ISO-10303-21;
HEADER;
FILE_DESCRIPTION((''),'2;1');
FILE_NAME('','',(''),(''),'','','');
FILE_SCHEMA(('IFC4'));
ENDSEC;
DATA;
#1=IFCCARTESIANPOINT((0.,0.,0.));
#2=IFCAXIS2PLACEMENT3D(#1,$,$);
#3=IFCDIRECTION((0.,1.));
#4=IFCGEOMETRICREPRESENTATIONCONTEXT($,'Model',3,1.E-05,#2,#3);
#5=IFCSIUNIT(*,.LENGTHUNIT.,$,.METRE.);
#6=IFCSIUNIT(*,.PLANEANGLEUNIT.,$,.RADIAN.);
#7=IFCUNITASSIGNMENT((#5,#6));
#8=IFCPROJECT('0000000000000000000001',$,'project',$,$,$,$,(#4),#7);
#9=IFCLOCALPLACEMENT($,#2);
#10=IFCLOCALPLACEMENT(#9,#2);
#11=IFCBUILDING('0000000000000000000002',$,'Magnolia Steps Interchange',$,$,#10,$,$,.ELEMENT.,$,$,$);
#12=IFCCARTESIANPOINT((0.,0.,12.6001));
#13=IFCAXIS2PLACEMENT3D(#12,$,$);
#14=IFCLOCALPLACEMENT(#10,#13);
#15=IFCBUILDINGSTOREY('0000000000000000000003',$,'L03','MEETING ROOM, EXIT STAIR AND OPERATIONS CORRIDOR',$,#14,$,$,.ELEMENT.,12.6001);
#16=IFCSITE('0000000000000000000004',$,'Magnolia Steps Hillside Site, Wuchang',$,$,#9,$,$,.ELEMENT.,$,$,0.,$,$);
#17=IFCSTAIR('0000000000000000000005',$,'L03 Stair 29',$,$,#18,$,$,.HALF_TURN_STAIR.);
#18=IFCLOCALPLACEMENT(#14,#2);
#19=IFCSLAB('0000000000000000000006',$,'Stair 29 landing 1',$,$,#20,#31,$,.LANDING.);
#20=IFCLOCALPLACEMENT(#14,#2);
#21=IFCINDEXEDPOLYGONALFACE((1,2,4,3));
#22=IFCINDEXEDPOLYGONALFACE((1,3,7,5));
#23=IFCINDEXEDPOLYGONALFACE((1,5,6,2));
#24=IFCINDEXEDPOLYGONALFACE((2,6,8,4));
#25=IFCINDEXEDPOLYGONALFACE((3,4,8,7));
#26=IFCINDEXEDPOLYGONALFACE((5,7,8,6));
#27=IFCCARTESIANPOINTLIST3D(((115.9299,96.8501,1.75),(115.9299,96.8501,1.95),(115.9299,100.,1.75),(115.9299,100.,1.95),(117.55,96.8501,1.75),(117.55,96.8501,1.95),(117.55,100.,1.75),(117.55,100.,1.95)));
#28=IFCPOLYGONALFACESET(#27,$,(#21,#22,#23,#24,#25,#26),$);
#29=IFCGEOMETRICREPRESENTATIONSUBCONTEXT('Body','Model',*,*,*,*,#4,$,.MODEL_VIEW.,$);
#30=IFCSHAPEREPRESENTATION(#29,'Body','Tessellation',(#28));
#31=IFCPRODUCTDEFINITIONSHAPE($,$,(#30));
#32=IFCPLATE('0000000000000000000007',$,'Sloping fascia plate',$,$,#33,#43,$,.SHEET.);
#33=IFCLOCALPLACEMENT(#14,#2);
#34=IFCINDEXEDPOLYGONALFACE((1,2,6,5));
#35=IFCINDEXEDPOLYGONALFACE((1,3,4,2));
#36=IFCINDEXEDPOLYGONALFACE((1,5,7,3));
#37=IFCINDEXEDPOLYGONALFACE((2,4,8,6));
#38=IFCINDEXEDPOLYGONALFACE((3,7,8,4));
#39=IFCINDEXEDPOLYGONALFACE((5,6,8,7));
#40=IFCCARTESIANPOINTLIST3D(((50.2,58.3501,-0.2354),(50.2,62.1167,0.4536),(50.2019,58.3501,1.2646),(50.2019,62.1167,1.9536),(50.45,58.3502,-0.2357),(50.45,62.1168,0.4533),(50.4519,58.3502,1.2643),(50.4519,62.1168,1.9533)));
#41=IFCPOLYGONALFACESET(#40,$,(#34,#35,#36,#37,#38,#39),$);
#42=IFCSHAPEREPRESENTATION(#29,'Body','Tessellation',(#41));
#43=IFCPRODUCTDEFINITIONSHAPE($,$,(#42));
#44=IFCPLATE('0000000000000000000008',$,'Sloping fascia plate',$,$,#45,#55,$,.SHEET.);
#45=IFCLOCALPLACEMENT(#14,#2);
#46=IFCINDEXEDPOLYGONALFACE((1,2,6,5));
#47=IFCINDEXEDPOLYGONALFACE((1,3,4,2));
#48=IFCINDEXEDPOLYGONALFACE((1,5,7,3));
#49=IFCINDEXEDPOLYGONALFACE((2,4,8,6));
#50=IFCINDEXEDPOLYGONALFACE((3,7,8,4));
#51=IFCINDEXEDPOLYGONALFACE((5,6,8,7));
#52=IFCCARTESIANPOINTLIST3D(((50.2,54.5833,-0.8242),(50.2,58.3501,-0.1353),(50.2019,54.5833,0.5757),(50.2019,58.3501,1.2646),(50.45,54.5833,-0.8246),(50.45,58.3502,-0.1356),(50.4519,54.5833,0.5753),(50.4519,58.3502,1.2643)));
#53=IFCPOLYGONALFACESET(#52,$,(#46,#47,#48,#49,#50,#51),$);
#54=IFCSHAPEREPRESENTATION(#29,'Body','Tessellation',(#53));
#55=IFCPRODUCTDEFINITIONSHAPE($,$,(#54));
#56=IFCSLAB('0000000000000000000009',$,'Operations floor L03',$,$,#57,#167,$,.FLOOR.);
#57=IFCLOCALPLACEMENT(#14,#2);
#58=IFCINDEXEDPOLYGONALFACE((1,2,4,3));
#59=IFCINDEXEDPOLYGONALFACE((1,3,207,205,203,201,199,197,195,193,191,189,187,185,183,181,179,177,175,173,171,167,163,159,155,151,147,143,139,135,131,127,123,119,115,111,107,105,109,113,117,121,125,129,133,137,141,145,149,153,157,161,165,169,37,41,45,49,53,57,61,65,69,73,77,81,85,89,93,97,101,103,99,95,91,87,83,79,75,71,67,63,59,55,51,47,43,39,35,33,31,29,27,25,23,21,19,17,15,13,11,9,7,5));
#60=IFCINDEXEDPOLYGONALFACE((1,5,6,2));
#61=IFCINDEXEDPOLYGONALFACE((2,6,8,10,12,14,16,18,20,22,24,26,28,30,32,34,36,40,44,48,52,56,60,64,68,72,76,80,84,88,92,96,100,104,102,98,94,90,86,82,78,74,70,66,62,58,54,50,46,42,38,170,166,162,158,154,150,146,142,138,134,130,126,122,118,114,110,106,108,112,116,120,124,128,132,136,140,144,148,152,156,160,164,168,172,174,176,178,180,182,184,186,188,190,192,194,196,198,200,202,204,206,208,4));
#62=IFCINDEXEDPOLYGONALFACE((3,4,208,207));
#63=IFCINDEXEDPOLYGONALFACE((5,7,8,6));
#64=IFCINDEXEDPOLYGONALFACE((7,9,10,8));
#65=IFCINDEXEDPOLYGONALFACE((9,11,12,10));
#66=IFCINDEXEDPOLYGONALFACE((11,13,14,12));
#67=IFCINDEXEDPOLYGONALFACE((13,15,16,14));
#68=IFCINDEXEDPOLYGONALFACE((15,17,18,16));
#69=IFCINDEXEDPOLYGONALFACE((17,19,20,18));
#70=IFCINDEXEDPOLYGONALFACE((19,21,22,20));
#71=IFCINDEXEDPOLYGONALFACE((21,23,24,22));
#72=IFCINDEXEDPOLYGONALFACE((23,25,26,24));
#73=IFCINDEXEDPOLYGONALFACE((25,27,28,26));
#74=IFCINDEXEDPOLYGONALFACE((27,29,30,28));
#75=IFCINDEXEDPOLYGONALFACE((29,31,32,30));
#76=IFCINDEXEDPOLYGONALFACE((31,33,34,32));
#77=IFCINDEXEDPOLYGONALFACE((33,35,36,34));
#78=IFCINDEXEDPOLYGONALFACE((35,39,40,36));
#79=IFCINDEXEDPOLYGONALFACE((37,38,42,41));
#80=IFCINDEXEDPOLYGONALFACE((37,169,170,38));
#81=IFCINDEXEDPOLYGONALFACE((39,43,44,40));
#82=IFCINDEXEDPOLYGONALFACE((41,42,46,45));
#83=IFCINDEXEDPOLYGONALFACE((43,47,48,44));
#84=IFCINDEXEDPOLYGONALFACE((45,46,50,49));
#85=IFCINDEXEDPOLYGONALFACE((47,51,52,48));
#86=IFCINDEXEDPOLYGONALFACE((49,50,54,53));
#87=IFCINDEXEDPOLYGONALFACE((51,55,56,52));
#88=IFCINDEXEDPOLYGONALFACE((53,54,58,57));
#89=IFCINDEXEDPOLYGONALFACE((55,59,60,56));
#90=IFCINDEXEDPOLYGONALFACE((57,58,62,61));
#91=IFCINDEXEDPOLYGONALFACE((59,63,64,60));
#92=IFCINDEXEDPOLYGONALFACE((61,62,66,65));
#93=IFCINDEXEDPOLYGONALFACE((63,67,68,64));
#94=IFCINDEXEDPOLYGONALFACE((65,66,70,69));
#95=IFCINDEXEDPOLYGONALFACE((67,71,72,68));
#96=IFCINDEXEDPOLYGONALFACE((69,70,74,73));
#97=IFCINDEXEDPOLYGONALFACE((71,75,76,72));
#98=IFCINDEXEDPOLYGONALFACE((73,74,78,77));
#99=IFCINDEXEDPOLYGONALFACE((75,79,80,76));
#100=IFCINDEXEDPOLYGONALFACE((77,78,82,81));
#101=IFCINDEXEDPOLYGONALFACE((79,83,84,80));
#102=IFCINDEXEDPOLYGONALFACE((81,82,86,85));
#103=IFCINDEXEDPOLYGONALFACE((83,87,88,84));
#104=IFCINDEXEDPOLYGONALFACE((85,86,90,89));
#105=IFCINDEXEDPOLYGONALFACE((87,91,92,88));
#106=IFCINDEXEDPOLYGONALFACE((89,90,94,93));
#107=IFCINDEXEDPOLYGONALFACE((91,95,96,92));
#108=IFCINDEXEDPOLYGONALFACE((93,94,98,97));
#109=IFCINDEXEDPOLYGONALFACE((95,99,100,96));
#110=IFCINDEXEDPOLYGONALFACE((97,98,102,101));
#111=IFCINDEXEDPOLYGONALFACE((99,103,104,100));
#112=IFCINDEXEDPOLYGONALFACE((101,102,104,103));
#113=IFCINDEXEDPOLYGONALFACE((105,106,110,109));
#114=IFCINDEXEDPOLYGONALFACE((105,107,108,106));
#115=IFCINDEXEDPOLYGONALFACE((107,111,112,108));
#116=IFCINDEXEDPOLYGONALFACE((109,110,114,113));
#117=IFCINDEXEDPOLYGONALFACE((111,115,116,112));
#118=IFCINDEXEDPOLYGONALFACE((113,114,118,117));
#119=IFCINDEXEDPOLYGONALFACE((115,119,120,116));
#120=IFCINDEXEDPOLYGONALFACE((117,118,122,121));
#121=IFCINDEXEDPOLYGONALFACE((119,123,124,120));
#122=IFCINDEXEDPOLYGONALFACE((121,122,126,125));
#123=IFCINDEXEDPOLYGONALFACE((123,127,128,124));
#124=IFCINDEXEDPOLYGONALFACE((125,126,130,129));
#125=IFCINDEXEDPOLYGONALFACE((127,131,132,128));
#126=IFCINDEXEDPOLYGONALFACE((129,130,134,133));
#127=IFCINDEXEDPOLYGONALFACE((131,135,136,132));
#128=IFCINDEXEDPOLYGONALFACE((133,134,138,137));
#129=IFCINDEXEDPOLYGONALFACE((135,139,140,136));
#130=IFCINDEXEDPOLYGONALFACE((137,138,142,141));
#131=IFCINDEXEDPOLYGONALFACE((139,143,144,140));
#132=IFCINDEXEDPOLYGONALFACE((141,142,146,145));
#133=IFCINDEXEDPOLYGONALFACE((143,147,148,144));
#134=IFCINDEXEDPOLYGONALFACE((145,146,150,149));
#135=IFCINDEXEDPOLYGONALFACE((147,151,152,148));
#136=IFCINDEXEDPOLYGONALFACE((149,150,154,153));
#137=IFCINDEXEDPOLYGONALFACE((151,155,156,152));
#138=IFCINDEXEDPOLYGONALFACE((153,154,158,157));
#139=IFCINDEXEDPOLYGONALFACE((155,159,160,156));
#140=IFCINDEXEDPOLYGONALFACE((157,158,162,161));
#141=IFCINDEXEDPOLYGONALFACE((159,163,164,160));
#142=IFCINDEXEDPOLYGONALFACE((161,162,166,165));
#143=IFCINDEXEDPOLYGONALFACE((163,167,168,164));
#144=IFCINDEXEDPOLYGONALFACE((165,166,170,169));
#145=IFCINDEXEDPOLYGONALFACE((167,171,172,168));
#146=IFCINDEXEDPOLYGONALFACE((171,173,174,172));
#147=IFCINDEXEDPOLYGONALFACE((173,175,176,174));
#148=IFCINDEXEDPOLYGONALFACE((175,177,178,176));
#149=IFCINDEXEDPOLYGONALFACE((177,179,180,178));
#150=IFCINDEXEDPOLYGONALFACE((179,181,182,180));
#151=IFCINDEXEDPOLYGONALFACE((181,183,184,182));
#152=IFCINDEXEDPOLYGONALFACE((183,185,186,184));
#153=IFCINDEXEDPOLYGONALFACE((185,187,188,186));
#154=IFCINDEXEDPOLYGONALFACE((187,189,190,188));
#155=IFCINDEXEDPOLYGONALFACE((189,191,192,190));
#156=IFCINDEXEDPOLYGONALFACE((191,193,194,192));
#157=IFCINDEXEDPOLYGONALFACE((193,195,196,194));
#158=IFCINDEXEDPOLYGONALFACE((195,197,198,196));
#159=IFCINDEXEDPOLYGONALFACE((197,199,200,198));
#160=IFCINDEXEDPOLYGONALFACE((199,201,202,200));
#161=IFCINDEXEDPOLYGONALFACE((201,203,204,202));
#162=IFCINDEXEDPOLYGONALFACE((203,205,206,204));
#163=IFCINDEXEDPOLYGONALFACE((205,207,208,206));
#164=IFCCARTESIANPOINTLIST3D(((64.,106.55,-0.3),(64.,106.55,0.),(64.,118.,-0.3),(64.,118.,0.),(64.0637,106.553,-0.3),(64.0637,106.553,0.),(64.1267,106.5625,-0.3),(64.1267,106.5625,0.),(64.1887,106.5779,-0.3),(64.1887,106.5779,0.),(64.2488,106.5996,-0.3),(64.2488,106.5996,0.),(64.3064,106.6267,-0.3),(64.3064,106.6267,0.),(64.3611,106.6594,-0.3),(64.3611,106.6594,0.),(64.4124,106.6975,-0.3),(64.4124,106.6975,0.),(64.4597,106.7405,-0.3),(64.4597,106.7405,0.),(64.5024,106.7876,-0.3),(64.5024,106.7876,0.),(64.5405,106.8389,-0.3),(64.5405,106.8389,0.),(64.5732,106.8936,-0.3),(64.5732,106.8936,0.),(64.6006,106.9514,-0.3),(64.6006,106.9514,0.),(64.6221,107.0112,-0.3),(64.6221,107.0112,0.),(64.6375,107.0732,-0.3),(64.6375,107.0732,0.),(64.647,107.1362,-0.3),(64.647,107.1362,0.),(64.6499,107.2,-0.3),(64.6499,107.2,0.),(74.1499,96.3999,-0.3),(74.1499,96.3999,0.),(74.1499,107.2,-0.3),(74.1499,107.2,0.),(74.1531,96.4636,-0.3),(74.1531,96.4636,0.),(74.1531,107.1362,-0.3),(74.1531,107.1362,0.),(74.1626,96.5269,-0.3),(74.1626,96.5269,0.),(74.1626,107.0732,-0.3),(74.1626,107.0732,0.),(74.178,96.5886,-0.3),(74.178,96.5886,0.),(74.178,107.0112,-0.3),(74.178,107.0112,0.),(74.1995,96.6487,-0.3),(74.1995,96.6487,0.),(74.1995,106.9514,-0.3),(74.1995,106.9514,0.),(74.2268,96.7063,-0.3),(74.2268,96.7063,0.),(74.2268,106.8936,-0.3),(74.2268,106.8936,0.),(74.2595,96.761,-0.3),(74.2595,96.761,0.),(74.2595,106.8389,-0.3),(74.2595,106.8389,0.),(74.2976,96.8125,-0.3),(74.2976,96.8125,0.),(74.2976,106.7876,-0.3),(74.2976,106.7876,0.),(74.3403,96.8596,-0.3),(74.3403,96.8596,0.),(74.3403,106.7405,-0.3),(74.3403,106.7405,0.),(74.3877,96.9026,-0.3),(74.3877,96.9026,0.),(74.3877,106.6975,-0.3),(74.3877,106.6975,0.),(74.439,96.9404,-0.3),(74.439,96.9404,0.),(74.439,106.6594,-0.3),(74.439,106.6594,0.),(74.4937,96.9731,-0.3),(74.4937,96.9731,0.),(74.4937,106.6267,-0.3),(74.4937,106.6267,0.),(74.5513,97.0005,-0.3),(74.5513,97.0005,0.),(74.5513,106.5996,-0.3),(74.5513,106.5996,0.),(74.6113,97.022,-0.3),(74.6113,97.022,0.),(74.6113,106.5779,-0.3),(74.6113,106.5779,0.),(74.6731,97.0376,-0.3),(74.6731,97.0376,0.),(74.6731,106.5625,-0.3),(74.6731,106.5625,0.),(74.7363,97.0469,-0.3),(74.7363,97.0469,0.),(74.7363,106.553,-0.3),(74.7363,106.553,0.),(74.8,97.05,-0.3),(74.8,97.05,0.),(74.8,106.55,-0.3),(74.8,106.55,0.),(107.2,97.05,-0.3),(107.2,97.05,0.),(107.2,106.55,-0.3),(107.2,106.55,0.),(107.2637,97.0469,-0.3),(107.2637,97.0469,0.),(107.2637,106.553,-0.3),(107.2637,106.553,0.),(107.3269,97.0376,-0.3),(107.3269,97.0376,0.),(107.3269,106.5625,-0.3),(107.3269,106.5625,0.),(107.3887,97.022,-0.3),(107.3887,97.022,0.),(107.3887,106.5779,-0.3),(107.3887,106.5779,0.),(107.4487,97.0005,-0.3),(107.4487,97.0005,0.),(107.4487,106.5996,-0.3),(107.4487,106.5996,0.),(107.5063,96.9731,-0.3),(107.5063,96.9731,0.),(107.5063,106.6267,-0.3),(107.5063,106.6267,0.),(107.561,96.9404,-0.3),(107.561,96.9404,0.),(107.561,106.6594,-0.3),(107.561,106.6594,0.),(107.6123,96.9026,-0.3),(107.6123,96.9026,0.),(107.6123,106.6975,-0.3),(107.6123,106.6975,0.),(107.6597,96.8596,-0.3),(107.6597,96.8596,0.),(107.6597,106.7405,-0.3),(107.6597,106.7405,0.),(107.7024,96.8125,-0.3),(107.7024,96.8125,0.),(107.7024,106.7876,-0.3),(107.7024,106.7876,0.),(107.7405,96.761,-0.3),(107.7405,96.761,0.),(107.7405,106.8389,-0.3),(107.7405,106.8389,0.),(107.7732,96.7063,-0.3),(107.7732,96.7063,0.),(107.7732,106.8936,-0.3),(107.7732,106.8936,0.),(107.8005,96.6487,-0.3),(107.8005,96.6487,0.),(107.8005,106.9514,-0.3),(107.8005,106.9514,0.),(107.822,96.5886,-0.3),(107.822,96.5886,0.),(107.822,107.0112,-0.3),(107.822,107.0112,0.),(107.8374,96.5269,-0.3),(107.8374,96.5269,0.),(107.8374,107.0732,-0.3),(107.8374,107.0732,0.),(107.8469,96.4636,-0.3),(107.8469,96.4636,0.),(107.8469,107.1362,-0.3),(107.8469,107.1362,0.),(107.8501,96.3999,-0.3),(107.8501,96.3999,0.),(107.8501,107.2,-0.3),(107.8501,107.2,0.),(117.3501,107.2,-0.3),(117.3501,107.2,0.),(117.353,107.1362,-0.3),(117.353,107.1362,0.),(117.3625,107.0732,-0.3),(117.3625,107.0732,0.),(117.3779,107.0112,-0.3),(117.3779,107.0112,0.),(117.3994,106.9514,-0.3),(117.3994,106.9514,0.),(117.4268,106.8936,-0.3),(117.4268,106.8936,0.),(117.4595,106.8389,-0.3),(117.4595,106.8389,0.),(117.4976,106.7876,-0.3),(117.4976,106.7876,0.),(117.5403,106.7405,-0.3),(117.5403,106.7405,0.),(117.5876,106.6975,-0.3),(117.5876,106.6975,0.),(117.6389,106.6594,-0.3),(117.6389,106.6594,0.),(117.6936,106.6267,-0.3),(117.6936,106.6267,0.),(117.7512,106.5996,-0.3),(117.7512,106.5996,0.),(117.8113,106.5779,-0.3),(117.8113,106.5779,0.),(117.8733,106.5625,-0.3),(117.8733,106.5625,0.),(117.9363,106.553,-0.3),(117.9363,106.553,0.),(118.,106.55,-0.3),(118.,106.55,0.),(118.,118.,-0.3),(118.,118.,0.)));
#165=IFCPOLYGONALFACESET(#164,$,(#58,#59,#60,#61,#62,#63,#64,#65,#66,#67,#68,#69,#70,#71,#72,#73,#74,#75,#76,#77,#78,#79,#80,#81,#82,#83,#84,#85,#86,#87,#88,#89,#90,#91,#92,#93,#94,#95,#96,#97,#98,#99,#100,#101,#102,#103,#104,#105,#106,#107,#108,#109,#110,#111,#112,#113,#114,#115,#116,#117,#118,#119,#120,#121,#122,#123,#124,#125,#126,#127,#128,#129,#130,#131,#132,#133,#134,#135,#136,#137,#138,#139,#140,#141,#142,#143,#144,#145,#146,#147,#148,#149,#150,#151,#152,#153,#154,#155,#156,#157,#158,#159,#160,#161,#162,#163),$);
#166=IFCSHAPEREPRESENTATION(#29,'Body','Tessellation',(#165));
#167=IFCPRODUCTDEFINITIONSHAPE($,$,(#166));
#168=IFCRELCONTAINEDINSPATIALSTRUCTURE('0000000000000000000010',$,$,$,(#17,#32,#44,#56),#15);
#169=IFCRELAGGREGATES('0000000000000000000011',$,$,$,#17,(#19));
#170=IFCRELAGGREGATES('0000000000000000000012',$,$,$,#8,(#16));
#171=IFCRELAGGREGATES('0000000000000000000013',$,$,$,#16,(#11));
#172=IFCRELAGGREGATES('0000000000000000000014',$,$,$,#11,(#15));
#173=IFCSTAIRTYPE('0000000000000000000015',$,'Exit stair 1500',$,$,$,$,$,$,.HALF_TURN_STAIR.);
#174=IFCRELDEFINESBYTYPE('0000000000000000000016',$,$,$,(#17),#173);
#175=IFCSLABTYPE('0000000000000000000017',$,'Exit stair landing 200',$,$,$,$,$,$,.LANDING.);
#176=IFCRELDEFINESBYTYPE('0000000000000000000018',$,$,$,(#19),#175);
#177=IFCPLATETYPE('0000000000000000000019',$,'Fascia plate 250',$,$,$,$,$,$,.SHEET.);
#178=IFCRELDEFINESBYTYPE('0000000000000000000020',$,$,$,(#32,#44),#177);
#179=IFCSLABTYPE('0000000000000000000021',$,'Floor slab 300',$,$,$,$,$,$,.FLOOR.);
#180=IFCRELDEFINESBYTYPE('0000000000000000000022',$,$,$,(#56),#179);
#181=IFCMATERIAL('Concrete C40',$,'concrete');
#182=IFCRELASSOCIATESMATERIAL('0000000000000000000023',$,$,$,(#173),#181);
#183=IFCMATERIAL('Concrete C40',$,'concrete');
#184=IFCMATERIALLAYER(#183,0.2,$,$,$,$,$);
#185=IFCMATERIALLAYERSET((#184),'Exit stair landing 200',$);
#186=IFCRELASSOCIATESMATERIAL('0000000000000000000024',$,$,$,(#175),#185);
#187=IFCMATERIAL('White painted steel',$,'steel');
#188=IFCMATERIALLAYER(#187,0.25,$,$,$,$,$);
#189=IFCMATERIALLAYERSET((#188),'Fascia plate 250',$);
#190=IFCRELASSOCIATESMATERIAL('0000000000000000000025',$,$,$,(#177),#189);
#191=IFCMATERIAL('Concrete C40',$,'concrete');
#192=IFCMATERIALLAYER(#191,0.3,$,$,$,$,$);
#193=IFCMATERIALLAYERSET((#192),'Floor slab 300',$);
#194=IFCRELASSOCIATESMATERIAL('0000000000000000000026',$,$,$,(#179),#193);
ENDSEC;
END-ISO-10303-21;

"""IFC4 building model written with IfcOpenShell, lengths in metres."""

from ifc_helpers import new_model, si_unit, direction, frame, origin, place, context, subcontext, project, spatial, polyline, outline, extrude, material, layer, layer_set, type_object, element, aggregate, save


model = new_model("IFC4")

# Units and contexts
model_context = context("Model", 3, precision=1e-05, world=origin(), true_north=direction((0.0, 1.0)))
body_context = subcontext(model_context, "Body", "Model", "MODEL_VIEW")
ifc_project = project(units=[si_unit("LENGTHUNIT", "METRE"), si_unit("PLANEANGLEUNIT", "RADIAN")], contexts=[model_context])

# Site, building, storey
site_placement = place(None, origin())
site = spatial("IfcSite", under=ifc_project, at=site_placement, Name="Magnolia Steps Hillside Site, Wuchang", CompositionType="ELEMENT", RefElevation=0.0)
building_placement = place(site_placement, origin())
building = spatial("IfcBuilding", under=site, at=building_placement, Name="Magnolia Steps Interchange", CompositionType="ELEMENT")
storey_placement = place(building_placement, frame((0.0, 0.0, 12.6001)))
storey = spatial("IfcBuildingStorey", under=building, at=storey_placement, Name="L03", Description="MEETING ROOM, EXIT STAIR AND OPERATIONS CORRIDOR", CompositionType="ELEMENT", Elevation=12.6001)

# Stair, slab
ifc_material_1 = material(Name="Concrete C40", Category="concrete")
stair_type = type_object("IfcStairType", Name="Exit stair 1500", PredefinedType="HALF_TURN_STAIR", material=ifc_material_1)
ifc_material_2 = material(Name="Concrete C40", Category="concrete")
ifc_layer_1 = layer(ifc_material_2, 0.2)
ifc_layer_set_1 = layer_set([ifc_layer_1], Name="Exit stair landing 200")
slab_type_1 = type_object("IfcSlabType", Name="Exit stair landing 200", PredefinedType="LANDING", material=ifc_layer_set_1)
stair_1_placement = place(storey_placement, origin())
stair_1 = element("IfcStair", 1, at=stair_1_placement, inside=storey, type_object=stair_type, Name="L03 Stair 29", PredefinedType="HALF_TURN_STAIR")
slab_1_placement = place(storey_placement, frame((0.0, 0.0, 1.75)))
slab_1 = element("IfcSlab", 2, at=slab_1_placement, type_object=slab_type_1, Name="Stair 29 landing 1", PredefinedType="LANDING", context=body_context, shape_type="SweptSolid", body=[
    extrude(outline(polyline([(115.9299, 96.8501), (117.55, 96.8501), (117.55, 100.0), (115.9299, 100.0), (115.9299, 96.8501)])), origin(), (0.0, 0.0, 1.0), 0.2),
])
aggregate(stair_1, [slab_1])

# Plates
ifc_material_3 = material(Name="White painted steel", Category="steel")
ifc_layer_2 = layer(ifc_material_3, 0.25)
ifc_layer_set_2 = layer_set([ifc_layer_2], Name="Fascia plate 250")
plate_type_1 = type_object("IfcPlateType", Name="Fascia plate 250", PredefinedType="SHEET", material=ifc_layer_set_2)
plate_1_placement = place(storey_placement, frame((50.2, 62.1167, 0.4536), z_axis=(-0.999999, -0.000238, 0.001302), x_axis=(0.0, -0.98368, -0.179929)))
element("IfcPlate", 3, at=plate_1_placement, inside=storey, type_object=plate_type_1, Name="Sloping fascia plate", PredefinedType="SHEET", context=body_context, shape_type="SweptSolid", body=[
    extrude(outline(polyline([(0.0, 0.0), (3.8291, 0.0), (3.5592, 1.4755), (-0.2699, 1.4755), (0.0, 0.0)])), origin(), (0.0, 0.0, -1.0), 0.25),
])
plate_2_placement = place(storey_placement, frame((50.2, 58.3501, -0.1353), z_axis=(-0.999999, -0.000255, 0.001395), x_axis=(0.0, -0.983682, -0.179918)))
element("IfcPlate", 4, at=plate_2_placement, inside=storey, type_object=plate_type_1, Name="Sloping fascia plate", PredefinedType="SHEET", context=body_context, shape_type="SweptSolid", body=[
    extrude(outline(polyline([(0.0, 0.0), (3.8293, 0.0), (3.5775, 1.3771), (-0.2519, 1.3771), (0.0, 0.0)])), origin(), (0.0, 0.0, -1.0), 0.25),
])

# Slab
ifc_material_4 = material(Name="Concrete C40", Category="concrete")
ifc_layer_3 = layer(ifc_material_4, 0.3)
ifc_layer_set_3 = layer_set([ifc_layer_3], Name="Floor slab 300")
slab_type_2 = type_object("IfcSlabType", Name="Floor slab 300", PredefinedType="FLOOR", material=ifc_layer_set_3)
slab_2_placement = place(storey_placement, frame((0.0, 0.0, -0.3)))
element("IfcSlab", 5, at=slab_2_placement, inside=storey, type_object=slab_type_2, Name="Operations floor L03", PredefinedType="FLOOR", context=body_context, shape_type="SweptSolid", body=[
    extrude(outline(polyline([(64.0, 106.55), (64.0637, 106.553), (64.1267, 106.5625), (64.1887, 106.5779), (64.2488, 106.5996), (64.3064, 106.6267), (64.3611, 106.6594), (64.4124, 106.6975), (64.4597, 106.7405), (64.5024, 106.7876), (64.5405, 106.8389), (64.5732, 106.8936), (64.6006, 106.9514), (64.6221, 107.0112), (64.6375, 107.0732), (64.647, 107.1362), (64.6499, 107.2), (74.1499, 107.2), (74.1531, 107.1362), (74.1626, 107.0732), (74.178, 107.0112), (74.1995, 106.9514), (74.2268, 106.8936), (74.2595, 106.8389), (74.2976, 106.7876), (74.3403, 106.7405), (74.3877, 106.6975), (74.439, 106.6594), (74.4937, 106.6267), (74.5513, 106.5996), (74.6113, 106.5779), (74.6731, 106.5625), (74.7363, 106.553), (74.8, 106.55), (74.8, 97.05), (74.7363, 97.0469), (74.6731, 97.0376), (74.6113, 97.022), (74.5513, 97.0005), (74.4937, 96.9731), (74.439, 96.9404), (74.3877, 96.9026), (74.3403, 96.8596), (74.2976, 96.8125), (74.2595, 96.761), (74.2268, 96.7063), (74.1995, 96.6487), (74.178, 96.5886), (74.1626, 96.5269), (74.1531, 96.4636), (74.1499, 96.3999), (107.8501, 96.3999), (107.8469, 96.4636), (107.8374, 96.5269), (107.822, 96.5886), (107.8005, 96.6487), (107.7732, 96.7063), (107.7405, 96.761), (107.7024, 96.8125), (107.6597, 96.8596), (107.6123, 96.9026), (107.561, 96.9404), (107.5063, 96.9731), (107.4487, 97.0005), (107.3887, 97.022), (107.3269, 97.0376), (107.2637, 97.0469), (107.2, 97.05), (107.2, 106.55), (107.2637, 106.553), (107.3269, 106.5625), (107.3887, 106.5779), (107.4487, 106.5996), (107.5063, 106.6267), (107.561, 106.6594), (107.6123, 106.6975), (107.6597, 106.7405), (107.7024, 106.7876), (107.7405, 106.8389), (107.7732, 106.8936), (107.8005, 106.9514), (107.822, 107.0112), (107.8374, 107.0732), (107.8469, 107.1362), (107.8501, 107.2), (117.3501, 107.2), (117.353, 107.1362), (117.3625, 107.0732), (117.3779, 107.0112), (117.3994, 106.9514), (117.4268, 106.8936), (117.4595, 106.8389), (117.4976, 106.7876), (117.5403, 106.7405), (117.5876, 106.6975), (117.6389, 106.6594), (117.6936, 106.6267), (117.7512, 106.5996), (117.8113, 106.5779), (117.8733, 106.5625), (117.9363, 106.553), (118.0, 106.55), (118.0, 118.0), (64.0, 118.0), (64.0, 106.55)])), origin(), (0.0, 0.0, 1.0), 0.3),
])

save(model, "model.ifc")
